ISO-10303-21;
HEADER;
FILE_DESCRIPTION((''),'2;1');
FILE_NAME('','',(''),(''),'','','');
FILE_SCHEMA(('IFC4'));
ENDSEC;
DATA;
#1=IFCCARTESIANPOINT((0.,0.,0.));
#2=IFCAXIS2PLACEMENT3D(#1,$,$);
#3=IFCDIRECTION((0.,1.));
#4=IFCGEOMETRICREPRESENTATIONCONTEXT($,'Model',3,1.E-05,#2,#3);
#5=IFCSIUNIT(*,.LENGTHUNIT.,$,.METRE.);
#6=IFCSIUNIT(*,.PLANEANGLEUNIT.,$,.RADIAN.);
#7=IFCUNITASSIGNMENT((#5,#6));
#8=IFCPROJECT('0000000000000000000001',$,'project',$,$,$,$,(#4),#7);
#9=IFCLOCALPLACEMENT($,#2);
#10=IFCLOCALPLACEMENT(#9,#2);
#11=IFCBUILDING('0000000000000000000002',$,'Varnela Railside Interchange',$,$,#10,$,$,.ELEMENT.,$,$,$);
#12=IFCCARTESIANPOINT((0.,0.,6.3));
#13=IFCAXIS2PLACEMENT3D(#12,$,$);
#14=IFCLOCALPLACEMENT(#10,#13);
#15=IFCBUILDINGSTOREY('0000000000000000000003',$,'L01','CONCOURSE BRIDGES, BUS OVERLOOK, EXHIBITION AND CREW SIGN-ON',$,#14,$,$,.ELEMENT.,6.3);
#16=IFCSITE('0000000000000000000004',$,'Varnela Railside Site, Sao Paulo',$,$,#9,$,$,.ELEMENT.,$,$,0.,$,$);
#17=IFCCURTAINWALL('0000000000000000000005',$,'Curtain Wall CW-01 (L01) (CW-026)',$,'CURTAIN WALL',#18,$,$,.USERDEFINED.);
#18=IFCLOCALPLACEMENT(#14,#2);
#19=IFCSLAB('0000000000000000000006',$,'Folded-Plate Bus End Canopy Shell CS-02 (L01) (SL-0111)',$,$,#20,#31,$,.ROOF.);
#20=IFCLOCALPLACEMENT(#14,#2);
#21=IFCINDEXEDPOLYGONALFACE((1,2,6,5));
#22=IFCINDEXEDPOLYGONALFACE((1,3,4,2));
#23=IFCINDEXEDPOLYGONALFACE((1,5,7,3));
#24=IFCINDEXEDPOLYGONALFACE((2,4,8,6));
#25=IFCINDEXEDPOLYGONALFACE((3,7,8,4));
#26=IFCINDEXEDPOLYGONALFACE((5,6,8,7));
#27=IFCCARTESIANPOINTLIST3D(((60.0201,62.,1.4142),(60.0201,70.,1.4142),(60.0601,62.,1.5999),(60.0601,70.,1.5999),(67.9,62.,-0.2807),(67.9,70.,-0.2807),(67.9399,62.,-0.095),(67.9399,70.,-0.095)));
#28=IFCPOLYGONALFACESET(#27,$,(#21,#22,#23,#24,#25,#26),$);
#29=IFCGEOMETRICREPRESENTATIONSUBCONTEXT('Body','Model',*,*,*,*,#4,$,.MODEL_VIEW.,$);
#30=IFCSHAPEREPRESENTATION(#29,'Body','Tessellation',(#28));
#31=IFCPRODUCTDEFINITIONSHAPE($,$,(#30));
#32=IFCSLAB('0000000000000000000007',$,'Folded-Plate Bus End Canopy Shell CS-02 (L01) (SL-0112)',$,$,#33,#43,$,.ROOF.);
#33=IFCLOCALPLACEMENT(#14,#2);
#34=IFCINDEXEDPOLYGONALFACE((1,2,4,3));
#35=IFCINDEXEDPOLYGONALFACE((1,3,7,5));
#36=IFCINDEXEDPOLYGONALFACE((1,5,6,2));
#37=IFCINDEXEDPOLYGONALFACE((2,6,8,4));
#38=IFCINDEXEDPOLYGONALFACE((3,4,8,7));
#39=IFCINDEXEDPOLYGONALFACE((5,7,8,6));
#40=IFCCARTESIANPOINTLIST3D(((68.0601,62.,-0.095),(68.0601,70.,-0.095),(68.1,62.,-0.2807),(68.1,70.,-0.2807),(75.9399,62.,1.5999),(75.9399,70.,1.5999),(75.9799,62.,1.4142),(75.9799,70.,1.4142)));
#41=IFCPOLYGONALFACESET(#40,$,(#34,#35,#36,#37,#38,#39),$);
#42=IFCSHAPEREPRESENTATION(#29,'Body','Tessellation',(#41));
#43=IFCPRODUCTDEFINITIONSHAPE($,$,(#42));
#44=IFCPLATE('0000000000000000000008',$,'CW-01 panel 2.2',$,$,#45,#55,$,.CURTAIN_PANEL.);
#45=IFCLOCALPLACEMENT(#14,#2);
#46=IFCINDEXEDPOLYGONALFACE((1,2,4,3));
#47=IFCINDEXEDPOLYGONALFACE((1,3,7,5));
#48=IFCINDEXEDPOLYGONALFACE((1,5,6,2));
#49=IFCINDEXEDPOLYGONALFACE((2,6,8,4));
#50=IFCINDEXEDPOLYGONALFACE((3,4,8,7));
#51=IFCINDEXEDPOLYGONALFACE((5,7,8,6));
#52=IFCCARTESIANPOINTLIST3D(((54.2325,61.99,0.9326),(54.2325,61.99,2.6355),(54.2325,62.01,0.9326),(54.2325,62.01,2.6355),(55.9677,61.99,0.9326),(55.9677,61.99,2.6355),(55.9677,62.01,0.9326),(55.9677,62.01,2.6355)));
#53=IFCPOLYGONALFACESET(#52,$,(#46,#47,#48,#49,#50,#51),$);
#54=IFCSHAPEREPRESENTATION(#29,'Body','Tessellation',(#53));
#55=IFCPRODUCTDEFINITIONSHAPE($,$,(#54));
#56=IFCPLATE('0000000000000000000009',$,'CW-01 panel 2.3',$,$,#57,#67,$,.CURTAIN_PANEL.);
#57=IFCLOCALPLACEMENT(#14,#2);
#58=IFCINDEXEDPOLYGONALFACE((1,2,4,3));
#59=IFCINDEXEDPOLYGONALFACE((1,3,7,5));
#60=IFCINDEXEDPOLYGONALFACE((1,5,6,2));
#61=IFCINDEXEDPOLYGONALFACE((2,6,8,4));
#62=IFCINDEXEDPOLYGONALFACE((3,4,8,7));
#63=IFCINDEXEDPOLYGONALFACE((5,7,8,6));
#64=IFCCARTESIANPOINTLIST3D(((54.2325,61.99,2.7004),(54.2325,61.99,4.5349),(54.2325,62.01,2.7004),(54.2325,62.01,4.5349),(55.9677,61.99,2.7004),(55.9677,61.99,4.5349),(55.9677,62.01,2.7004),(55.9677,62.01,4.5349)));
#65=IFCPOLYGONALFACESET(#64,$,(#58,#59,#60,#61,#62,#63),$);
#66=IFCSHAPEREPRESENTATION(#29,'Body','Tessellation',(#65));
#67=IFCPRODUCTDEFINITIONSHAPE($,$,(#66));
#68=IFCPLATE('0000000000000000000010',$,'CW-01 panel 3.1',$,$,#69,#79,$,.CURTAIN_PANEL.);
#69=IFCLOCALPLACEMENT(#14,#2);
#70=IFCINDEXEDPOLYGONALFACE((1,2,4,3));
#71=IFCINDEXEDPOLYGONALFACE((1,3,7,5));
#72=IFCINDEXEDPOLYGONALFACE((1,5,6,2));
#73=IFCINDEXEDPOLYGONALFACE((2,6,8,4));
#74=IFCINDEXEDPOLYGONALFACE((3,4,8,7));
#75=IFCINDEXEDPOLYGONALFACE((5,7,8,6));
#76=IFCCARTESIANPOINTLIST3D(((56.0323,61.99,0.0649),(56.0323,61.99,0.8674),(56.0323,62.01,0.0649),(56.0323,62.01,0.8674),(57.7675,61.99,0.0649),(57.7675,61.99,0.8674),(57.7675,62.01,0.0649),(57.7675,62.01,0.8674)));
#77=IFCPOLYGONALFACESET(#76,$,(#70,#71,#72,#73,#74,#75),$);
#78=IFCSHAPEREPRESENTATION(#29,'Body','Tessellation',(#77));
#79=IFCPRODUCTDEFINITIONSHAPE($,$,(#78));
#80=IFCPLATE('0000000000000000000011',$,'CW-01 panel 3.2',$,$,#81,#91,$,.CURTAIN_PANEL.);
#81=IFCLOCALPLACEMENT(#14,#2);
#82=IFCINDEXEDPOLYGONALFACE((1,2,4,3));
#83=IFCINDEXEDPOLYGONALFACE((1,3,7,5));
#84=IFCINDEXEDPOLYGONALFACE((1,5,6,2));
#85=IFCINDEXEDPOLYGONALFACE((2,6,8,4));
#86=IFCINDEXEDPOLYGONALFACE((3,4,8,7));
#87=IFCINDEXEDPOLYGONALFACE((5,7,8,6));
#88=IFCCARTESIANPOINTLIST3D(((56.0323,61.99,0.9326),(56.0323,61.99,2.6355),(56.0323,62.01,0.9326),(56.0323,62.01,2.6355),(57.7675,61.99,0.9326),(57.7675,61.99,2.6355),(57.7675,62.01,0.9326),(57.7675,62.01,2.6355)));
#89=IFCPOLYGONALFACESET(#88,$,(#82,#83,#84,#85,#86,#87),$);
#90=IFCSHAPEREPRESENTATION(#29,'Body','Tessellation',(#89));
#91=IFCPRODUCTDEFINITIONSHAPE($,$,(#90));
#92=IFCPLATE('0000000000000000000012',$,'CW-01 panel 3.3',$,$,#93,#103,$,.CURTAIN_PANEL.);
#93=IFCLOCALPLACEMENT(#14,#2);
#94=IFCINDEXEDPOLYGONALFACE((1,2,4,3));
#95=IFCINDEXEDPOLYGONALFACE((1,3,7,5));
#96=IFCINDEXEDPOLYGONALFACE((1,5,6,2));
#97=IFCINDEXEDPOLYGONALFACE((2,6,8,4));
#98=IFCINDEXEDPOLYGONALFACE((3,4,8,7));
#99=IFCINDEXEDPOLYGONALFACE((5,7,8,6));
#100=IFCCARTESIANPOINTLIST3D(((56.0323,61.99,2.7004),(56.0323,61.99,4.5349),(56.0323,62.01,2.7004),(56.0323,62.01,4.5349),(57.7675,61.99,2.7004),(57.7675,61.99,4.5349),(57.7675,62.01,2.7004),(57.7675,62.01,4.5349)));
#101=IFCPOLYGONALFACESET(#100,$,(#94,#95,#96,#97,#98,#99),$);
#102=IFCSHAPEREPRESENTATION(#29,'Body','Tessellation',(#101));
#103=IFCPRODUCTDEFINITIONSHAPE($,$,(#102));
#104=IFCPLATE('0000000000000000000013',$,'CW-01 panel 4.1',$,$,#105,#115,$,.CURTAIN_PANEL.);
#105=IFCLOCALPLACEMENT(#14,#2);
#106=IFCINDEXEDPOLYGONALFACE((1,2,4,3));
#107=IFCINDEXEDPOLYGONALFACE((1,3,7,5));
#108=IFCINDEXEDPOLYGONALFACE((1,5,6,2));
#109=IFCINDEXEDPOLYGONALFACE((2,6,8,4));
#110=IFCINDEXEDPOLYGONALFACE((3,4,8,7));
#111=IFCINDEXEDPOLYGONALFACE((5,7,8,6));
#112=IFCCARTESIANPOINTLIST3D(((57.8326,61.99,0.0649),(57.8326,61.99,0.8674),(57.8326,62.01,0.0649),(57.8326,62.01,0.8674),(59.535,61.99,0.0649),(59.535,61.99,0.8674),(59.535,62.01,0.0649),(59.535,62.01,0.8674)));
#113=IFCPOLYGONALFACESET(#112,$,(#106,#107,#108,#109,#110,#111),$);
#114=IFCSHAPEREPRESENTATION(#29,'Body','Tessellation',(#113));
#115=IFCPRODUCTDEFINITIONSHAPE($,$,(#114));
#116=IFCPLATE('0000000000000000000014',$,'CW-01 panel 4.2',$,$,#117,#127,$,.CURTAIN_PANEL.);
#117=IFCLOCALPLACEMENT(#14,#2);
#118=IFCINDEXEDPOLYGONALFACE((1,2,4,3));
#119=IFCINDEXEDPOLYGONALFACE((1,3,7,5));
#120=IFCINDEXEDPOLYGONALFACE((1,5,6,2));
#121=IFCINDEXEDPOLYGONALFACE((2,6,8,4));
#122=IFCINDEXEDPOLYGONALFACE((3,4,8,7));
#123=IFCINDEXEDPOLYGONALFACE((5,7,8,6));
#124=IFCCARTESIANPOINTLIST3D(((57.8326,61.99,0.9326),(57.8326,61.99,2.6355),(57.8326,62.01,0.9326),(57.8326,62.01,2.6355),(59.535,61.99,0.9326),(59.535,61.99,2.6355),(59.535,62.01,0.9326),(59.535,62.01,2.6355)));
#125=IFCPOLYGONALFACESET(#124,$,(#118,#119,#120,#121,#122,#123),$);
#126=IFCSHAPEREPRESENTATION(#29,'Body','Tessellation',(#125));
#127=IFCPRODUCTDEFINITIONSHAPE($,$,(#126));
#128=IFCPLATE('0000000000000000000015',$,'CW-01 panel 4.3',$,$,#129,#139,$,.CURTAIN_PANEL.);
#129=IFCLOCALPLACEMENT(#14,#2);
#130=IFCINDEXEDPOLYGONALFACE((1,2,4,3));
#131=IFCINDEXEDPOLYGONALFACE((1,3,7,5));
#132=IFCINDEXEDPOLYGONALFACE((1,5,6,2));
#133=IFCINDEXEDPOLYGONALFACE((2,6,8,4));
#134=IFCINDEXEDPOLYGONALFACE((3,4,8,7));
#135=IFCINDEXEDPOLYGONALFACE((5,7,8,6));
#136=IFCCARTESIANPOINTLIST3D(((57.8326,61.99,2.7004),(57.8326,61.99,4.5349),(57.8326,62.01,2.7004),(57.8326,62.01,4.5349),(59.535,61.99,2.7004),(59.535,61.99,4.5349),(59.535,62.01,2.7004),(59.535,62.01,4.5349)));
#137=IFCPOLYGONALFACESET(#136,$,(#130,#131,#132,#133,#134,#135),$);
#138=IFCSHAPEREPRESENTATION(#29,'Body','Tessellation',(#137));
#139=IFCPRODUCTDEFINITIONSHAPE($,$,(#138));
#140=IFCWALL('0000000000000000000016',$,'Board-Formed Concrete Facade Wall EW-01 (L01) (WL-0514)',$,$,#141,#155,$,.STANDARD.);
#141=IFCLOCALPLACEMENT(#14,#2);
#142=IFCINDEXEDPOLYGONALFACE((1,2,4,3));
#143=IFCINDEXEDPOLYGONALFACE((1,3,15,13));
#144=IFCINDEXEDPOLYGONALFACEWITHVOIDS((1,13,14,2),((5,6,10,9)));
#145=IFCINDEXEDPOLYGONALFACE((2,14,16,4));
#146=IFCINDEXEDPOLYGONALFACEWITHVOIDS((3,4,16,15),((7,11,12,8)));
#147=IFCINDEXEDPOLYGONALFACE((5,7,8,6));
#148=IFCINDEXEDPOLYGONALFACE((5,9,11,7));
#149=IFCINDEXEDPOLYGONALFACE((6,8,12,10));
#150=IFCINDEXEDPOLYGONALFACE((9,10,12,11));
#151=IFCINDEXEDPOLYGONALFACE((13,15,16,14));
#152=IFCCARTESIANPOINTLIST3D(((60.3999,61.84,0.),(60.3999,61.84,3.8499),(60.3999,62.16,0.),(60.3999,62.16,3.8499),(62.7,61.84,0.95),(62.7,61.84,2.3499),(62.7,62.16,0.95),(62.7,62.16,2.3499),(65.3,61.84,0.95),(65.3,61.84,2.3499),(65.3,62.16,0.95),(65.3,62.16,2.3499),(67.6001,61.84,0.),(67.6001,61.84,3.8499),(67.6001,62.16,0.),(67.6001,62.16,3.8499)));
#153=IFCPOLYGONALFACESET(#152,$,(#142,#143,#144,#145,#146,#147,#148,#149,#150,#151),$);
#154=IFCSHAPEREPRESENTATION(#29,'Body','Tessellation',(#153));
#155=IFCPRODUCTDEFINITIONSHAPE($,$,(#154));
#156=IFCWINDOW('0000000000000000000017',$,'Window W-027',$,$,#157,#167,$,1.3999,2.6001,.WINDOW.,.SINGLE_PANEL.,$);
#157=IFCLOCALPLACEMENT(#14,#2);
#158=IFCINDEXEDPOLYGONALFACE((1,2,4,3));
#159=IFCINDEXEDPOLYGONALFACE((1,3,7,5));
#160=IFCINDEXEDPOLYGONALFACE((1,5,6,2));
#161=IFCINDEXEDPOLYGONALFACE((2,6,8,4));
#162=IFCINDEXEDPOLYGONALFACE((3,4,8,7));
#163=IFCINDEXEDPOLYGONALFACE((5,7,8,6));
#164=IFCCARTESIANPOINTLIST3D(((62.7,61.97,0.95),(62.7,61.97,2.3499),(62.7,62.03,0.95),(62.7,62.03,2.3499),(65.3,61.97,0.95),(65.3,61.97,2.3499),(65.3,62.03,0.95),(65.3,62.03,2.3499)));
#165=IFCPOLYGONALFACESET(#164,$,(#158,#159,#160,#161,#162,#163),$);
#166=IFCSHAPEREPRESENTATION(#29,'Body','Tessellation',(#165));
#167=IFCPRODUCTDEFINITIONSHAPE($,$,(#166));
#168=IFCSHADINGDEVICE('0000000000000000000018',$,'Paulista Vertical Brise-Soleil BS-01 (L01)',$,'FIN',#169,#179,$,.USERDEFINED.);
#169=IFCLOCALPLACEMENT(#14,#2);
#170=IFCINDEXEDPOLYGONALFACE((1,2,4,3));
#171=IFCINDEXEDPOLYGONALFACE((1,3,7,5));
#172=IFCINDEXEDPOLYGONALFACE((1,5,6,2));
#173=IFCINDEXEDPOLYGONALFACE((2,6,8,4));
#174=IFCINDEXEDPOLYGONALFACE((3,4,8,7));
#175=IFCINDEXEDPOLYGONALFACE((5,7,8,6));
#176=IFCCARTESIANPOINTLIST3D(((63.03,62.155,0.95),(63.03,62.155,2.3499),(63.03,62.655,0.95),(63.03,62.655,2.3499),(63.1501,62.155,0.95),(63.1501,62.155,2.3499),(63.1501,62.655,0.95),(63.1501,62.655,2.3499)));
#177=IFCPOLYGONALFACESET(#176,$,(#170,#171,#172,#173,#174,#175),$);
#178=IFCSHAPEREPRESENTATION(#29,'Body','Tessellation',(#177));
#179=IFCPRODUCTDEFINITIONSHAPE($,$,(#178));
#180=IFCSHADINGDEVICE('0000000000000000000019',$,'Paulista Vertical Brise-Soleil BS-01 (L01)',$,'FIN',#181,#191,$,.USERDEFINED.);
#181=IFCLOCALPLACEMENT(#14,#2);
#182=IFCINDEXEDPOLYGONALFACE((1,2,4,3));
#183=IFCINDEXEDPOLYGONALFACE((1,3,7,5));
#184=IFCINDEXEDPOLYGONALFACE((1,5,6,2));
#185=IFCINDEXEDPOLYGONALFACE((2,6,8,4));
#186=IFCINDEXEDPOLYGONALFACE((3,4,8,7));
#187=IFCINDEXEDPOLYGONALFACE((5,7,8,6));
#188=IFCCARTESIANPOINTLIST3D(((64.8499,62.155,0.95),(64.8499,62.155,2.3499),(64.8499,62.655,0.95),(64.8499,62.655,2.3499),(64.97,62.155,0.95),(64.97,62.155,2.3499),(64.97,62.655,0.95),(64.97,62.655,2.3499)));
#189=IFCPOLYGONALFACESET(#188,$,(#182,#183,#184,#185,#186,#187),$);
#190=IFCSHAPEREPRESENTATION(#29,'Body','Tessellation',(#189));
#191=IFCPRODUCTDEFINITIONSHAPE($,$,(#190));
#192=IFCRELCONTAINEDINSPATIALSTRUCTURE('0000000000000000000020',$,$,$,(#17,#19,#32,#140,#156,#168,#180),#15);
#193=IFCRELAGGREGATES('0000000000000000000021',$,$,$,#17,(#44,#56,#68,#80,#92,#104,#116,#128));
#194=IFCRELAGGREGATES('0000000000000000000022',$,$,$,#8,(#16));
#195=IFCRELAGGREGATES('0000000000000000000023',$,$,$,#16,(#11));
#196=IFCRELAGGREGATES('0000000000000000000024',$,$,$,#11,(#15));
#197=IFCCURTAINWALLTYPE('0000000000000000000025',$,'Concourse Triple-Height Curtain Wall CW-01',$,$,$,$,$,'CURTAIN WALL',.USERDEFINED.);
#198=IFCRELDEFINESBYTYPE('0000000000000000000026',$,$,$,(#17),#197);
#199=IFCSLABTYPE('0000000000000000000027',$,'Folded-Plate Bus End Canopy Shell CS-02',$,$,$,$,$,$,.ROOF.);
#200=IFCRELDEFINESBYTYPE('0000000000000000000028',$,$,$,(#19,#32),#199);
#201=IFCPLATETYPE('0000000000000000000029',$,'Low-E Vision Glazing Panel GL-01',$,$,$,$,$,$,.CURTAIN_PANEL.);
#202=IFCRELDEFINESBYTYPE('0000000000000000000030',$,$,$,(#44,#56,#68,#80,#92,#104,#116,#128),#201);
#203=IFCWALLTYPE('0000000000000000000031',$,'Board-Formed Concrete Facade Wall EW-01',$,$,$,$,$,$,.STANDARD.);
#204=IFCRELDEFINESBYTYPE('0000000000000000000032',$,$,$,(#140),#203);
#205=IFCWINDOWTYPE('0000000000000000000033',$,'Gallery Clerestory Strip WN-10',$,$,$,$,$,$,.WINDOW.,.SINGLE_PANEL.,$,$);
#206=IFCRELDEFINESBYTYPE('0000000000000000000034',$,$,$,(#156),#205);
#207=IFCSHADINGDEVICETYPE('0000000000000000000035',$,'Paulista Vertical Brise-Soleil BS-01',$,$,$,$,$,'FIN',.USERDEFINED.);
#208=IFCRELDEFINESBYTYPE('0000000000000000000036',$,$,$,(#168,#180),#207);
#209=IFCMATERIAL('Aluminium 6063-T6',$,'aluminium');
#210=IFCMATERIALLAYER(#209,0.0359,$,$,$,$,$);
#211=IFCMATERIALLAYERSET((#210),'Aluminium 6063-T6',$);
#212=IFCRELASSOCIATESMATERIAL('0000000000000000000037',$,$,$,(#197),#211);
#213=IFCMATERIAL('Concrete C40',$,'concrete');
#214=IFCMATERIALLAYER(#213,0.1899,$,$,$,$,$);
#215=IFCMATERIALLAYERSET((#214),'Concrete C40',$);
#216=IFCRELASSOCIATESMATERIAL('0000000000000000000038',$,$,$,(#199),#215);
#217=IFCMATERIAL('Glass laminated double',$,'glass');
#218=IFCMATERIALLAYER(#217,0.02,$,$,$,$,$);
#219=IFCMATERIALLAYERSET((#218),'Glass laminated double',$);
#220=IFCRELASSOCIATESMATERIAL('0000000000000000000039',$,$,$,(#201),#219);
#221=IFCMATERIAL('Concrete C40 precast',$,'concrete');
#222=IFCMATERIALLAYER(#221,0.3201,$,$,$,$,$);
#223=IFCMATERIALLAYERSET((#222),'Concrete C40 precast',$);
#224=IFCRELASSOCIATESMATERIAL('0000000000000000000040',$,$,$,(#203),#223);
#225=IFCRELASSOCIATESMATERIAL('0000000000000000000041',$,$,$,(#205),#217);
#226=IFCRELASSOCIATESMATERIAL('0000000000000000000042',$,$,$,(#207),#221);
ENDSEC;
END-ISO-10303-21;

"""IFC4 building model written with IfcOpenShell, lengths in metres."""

from ifc_helpers import new_model, si_unit, direction, frame, frame_2d, origin, origin_2d, place, context, subcontext, project, spatial, polyline, rectangle, outline, extrude, material, layer, layer_set, type_object, element, fill, aggregate, save


model = new_model("IFC4")

# Units and contexts
model_context = context("Model", 3, precision=1e-05, world=origin(), true_north=direction((0.0, 1.0)))
body_context = subcontext(model_context, "Body", "Model", "MODEL_VIEW")
ifc_project = project(units=[si_unit("LENGTHUNIT", "METRE"), si_unit("PLANEANGLEUNIT", "RADIAN")], contexts=[model_context])

# Site, building, storey
site_placement = place(None, origin())
site = spatial("IfcSite", under=ifc_project, at=site_placement, Name="Varnela Railside Site, Sao Paulo", CompositionType="ELEMENT", RefElevation=0.0)
building_placement = place(site_placement, origin())
building = spatial("IfcBuilding", under=site, at=building_placement, Name="Varnela Railside Interchange", CompositionType="ELEMENT")
storey_placement = place(building_placement, frame((0.0, 0.0, 6.3)))
storey = spatial("IfcBuildingStorey", under=building, at=storey_placement, Name="L01", Description="CONCOURSE BRIDGES, BUS OVERLOOK, EXHIBITION AND CREW SIGN-ON", CompositionType="ELEMENT", Elevation=6.3)

# Curtain wall
ifc_material_1 = material(Name="Aluminium 6063-T6", Category="aluminium")
ifc_layer_1 = layer(ifc_material_1, 0.0359)
ifc_layer_set_1 = layer_set([ifc_layer_1], Name="Aluminium 6063-T6")
curtain_wall_type = type_object("IfcCurtainWallType", Name="Concourse Triple-Height Curtain Wall CW-01", ElementType="CURTAIN WALL", PredefinedType="USERDEFINED", material=ifc_layer_set_1)
curtain_wall_placement = place(storey_placement, origin())
curtain_wall = element("IfcCurtainWall", 1, at=curtain_wall_placement, inside=storey, type_object=curtain_wall_type, Name="Curtain Wall CW-01 (L01) (CW-026)", ObjectType="CURTAIN WALL", PredefinedType="USERDEFINED")

# Shared definitions
ifc_material_2 = material(Name="Concrete C40 precast", Category="concrete")

# Slabs
ifc_material_3 = material(Name="Concrete C40", Category="concrete")
ifc_layer_2 = layer(ifc_material_3, 0.1899)
ifc_layer_set_2 = layer_set([ifc_layer_2], Name="Concrete C40")
slab_type = type_object("IfcSlabType", Name="Folded-Plate Bus End Canopy Shell CS-02", PredefinedType="ROOF", material=ifc_layer_set_2)
for number, where, z_axis, x_axis, name in (
    (2, (60.0601, 62.0, 1.5999), (0.210274, 0.0, 0.977643), (0.977643, 0.0, -0.210274), "Folded-Plate Bus End Canopy Shell CS-02 (L01) (SL-0111)"),
    (3, (68.0601, 62.0, -0.095), (-0.210274, 0.0, 0.977643), (0.977643, 0.0, 0.210274), "Folded-Plate Bus End Canopy Shell CS-02 (L01) (SL-0112)"),
):
    element("IfcSlab", number, at=place(storey_placement, frame(where, z_axis=z_axis, x_axis=x_axis)), inside=storey, type_object=slab_type, Name=name, PredefinedType="ROOF", context=body_context, shape_type="SweptSolid", body=[
        extrude(outline(polyline([(0.0, 0.0), (8.0601, 0.0), (8.0601, 8.0), (0.0, 8.0), (0.0, 0.0)])), origin(), (0.0, 0.0, -1.0), 0.1899),
    ])

# Plates
ifc_material_4 = material(Name="Glass laminated double", Category="glass")
ifc_layer_3 = layer(ifc_material_4, 0.02)
ifc_layer_set_3 = layer_set([ifc_layer_3], Name="Glass laminated double")
plate_type = type_object("IfcPlateType", Name="Low-E Vision Glazing Panel GL-01", PredefinedType="CURTAIN_PANEL", material=ifc_layer_set_3)
plate_1_placement = place(storey_placement, frame((55.1001, 62.0, 0.9326), z_axis=(0.0, 0.0, 1.0), x_axis=(1.0, 0.0, 0.0)))
plate_1 = element("IfcPlate", 4, at=plate_1_placement, type_object=plate_type, Name="CW-01 panel 2.2", PredefinedType="CURTAIN_PANEL", context=body_context, shape_type="SweptSolid", body=[
    extrude(rectangle(XDim=1.7351, YDim=0.02, at=origin_2d()), origin(), (0.0, 0.0, 1.0), 1.7029),
])
plate_2_placement = place(storey_placement, frame((55.1001, 62.0, 2.7004), z_axis=(0.0, 0.0, 1.0), x_axis=(1.0, 0.0, 0.0)))
plate_2 = element("IfcPlate", 5, at=plate_2_placement, type_object=plate_type, Name="CW-01 panel 2.3", PredefinedType="CURTAIN_PANEL", context=body_context, shape_type="SweptSolid", body=[
    extrude(rectangle(XDim=1.7351, YDim=0.02, at=origin_2d()), origin(), (0.0, 0.0, 1.0), 1.8345),
])
plate_3_placement = place(storey_placement, frame((56.8999, 62.0, 0.0649), z_axis=(0.0, 0.0, 1.0), x_axis=(1.0, 0.0, 0.0)))
plate_3 = element("IfcPlate", 6, at=plate_3_placement, type_object=plate_type, Name="CW-01 panel 3.1", PredefinedType="CURTAIN_PANEL", context=body_context, shape_type="SweptSolid", body=[
    extrude(rectangle(XDim=1.7351, YDim=0.02, at=origin_2d()), origin(), (0.0, 0.0, 1.0), 0.8025),
])
plate_4_placement = place(storey_placement, frame((56.8999, 62.0, 0.9326), z_axis=(0.0, 0.0, 1.0), x_axis=(1.0, 0.0, 0.0)))
plate_4 = element("IfcPlate", 7, at=plate_4_placement, type_object=plate_type, Name="CW-01 panel 3.2", PredefinedType="CURTAIN_PANEL", context=body_context, shape_type="SweptSolid", body=[
    extrude(rectangle(XDim=1.7351, YDim=0.02, at=origin_2d()), origin(), (0.0, 0.0, 1.0), 1.7029),
])
plate_5_placement = place(storey_placement, frame((56.8999, 62.0, 2.7004), z_axis=(0.0, 0.0, 1.0), x_axis=(1.0, 0.0, 0.0)))
plate_5 = element("IfcPlate", 8, at=plate_5_placement, type_object=plate_type, Name="CW-01 panel 3.3", PredefinedType="CURTAIN_PANEL", context=body_context, shape_type="SweptSolid", body=[
    extrude(rectangle(XDim=1.7351, YDim=0.02, at=origin_2d()), origin(), (0.0, 0.0, 1.0), 1.8345),
])
plate_6_placement = place(storey_placement, frame((58.6838, 62.0, 0.0649), z_axis=(0.0, 0.0, 1.0), x_axis=(1.0, 0.0, 0.0)))
plate_6 = element("IfcPlate", 9, at=plate_6_placement, type_object=plate_type, Name="CW-01 panel 4.1", PredefinedType="CURTAIN_PANEL", context=body_context, shape_type="SweptSolid", body=[
    extrude(rectangle(XDim=1.7024, YDim=0.02, at=origin_2d()), origin(), (0.0, 0.0, 1.0), 0.8025),
])
plate_7_placement = place(storey_placement, frame((58.6838, 62.0, 0.9326), z_axis=(0.0, 0.0, 1.0), x_axis=(1.0, 0.0, 0.0)))
plate_7 = element("IfcPlate", 10, at=plate_7_placement, type_object=plate_type, Name="CW-01 panel 4.2", PredefinedType="CURTAIN_PANEL", context=body_context, shape_type="SweptSolid", body=[
    extrude(rectangle(XDim=1.7024, YDim=0.02, at=origin_2d()), origin(), (0.0, 0.0, 1.0), 1.7029),
])
plate_8_placement = place(storey_placement, frame((58.6838, 62.0, 2.7004), z_axis=(0.0, 0.0, 1.0), x_axis=(1.0, 0.0, 0.0)))
plate_8 = element("IfcPlate", 11, at=plate_8_placement, type_object=plate_type, Name="CW-01 panel 4.3", PredefinedType="CURTAIN_PANEL", context=body_context, shape_type="SweptSolid", body=[
    extrude(rectangle(XDim=1.7024, YDim=0.02, at=origin_2d()), origin(), (0.0, 0.0, 1.0), 1.8345),
])
aggregate(curtain_wall, [plate_1, plate_2, plate_3, plate_4, plate_5, plate_6, plate_7, plate_8])

# Wall, opening, window
ifc_layer_4 = layer(ifc_material_2, 0.3201)
ifc_layer_set_4 = layer_set([ifc_layer_4], Name="Concrete C40 precast")
wall_type = type_object("IfcWallType", Name="Board-Formed Concrete Facade Wall EW-01", PredefinedType="STANDARD", material=ifc_layer_set_4)
wall_placement = place(storey_placement, frame((60.3999, 62.0, 0.0), z_axis=(0.0, 0.0, 1.0), x_axis=(1.0, 0.0, 0.0)))
wall = element("IfcWall", 12, at=wall_placement, inside=storey, type_object=wall_type, Name="Board-Formed Concrete Facade Wall EW-01 (L01) (WL-0514)", PredefinedType="STANDARD", context=body_context, shape_type="SweptSolid", body=[
    extrude(rectangle(XDim=7.2002, YDim=0.3201, at=frame_2d((3.6001, 0.0))), origin(), (0.0, 0.0, 1.0), 3.8499),
])
opening_placement = place(wall_placement, frame((2.3, 0.0, 0.95)))
opening = element("IfcOpeningElement", 13, at=opening_placement, cuts=wall, PredefinedType="OPENING", context=body_context, shape_type="SweptSolid", body=[
    extrude(rectangle(XDim=2.6001, YDim=1.3999, at=frame_2d((1.3, 0.7))), frame((0.0, 0.1699, 0.0), z_axis=(0.0, -1.0, 0.0), x_axis=(1.0, 0.0, 0.0)), (0.0, 0.0, 1.0), 0.3401),
])
window_type = type_object("IfcWindowType", Name="Gallery Clerestory Strip WN-10", PartitioningType="SINGLE_PANEL", PredefinedType="WINDOW", material=ifc_material_4)
window_placement = place(opening_placement, origin())
window = element("IfcWindow", 14, at=window_placement, inside=storey, type_object=window_type, Name="Window W-027", OverallHeight=1.3999, OverallWidth=2.6001, PartitioningType="SINGLE_PANEL", PredefinedType="WINDOW", context=body_context, shape_type="SweptSolid", body=[
    extrude(rectangle(XDim=2.6001, YDim=1.3999, at=frame_2d((1.3, 0.7))), frame((0.0, 0.03, 0.0), z_axis=(0.0, -1.0, 0.0), x_axis=(1.0, 0.0, 0.0)), (0.0, 0.0, 1.0), 0.0601),
])
fill(opening, window)

# Shading devices
shading_device_type = type_object("IfcShadingDeviceType", Name="Paulista Vertical Brise-Soleil BS-01", ElementType="FIN", PredefinedType="USERDEFINED", material=ifc_material_2)
for number, where, z_axis, x_axis, name in (
    (15, (63.0901, 62.405, 0.95), (0.0, 0.0, 1.0), (0.0, 1.0, 0.0), "Paulista Vertical Brise-Soleil BS-01 (L01)"),
    (16, (64.9099, 62.405, 0.95), (0.0, 0.0, 1.0), (0.0, 1.0, 0.0), "Paulista Vertical Brise-Soleil BS-01 (L01)"),
):
    element("IfcShadingDevice", number, at=place(storey_placement, frame(where, z_axis=z_axis, x_axis=x_axis)), inside=storey, type_object=shading_device_type, Name=name, ObjectType="FIN", PredefinedType="USERDEFINED", context=body_context, shape_type="SweptSolid", body=[
        extrude(rectangle(XDim=0.5, YDim=0.1201, at=origin_2d()), origin(), (0.0, 0.0, 1.0), 1.3999),
    ])

save(model, "model.ifc")
